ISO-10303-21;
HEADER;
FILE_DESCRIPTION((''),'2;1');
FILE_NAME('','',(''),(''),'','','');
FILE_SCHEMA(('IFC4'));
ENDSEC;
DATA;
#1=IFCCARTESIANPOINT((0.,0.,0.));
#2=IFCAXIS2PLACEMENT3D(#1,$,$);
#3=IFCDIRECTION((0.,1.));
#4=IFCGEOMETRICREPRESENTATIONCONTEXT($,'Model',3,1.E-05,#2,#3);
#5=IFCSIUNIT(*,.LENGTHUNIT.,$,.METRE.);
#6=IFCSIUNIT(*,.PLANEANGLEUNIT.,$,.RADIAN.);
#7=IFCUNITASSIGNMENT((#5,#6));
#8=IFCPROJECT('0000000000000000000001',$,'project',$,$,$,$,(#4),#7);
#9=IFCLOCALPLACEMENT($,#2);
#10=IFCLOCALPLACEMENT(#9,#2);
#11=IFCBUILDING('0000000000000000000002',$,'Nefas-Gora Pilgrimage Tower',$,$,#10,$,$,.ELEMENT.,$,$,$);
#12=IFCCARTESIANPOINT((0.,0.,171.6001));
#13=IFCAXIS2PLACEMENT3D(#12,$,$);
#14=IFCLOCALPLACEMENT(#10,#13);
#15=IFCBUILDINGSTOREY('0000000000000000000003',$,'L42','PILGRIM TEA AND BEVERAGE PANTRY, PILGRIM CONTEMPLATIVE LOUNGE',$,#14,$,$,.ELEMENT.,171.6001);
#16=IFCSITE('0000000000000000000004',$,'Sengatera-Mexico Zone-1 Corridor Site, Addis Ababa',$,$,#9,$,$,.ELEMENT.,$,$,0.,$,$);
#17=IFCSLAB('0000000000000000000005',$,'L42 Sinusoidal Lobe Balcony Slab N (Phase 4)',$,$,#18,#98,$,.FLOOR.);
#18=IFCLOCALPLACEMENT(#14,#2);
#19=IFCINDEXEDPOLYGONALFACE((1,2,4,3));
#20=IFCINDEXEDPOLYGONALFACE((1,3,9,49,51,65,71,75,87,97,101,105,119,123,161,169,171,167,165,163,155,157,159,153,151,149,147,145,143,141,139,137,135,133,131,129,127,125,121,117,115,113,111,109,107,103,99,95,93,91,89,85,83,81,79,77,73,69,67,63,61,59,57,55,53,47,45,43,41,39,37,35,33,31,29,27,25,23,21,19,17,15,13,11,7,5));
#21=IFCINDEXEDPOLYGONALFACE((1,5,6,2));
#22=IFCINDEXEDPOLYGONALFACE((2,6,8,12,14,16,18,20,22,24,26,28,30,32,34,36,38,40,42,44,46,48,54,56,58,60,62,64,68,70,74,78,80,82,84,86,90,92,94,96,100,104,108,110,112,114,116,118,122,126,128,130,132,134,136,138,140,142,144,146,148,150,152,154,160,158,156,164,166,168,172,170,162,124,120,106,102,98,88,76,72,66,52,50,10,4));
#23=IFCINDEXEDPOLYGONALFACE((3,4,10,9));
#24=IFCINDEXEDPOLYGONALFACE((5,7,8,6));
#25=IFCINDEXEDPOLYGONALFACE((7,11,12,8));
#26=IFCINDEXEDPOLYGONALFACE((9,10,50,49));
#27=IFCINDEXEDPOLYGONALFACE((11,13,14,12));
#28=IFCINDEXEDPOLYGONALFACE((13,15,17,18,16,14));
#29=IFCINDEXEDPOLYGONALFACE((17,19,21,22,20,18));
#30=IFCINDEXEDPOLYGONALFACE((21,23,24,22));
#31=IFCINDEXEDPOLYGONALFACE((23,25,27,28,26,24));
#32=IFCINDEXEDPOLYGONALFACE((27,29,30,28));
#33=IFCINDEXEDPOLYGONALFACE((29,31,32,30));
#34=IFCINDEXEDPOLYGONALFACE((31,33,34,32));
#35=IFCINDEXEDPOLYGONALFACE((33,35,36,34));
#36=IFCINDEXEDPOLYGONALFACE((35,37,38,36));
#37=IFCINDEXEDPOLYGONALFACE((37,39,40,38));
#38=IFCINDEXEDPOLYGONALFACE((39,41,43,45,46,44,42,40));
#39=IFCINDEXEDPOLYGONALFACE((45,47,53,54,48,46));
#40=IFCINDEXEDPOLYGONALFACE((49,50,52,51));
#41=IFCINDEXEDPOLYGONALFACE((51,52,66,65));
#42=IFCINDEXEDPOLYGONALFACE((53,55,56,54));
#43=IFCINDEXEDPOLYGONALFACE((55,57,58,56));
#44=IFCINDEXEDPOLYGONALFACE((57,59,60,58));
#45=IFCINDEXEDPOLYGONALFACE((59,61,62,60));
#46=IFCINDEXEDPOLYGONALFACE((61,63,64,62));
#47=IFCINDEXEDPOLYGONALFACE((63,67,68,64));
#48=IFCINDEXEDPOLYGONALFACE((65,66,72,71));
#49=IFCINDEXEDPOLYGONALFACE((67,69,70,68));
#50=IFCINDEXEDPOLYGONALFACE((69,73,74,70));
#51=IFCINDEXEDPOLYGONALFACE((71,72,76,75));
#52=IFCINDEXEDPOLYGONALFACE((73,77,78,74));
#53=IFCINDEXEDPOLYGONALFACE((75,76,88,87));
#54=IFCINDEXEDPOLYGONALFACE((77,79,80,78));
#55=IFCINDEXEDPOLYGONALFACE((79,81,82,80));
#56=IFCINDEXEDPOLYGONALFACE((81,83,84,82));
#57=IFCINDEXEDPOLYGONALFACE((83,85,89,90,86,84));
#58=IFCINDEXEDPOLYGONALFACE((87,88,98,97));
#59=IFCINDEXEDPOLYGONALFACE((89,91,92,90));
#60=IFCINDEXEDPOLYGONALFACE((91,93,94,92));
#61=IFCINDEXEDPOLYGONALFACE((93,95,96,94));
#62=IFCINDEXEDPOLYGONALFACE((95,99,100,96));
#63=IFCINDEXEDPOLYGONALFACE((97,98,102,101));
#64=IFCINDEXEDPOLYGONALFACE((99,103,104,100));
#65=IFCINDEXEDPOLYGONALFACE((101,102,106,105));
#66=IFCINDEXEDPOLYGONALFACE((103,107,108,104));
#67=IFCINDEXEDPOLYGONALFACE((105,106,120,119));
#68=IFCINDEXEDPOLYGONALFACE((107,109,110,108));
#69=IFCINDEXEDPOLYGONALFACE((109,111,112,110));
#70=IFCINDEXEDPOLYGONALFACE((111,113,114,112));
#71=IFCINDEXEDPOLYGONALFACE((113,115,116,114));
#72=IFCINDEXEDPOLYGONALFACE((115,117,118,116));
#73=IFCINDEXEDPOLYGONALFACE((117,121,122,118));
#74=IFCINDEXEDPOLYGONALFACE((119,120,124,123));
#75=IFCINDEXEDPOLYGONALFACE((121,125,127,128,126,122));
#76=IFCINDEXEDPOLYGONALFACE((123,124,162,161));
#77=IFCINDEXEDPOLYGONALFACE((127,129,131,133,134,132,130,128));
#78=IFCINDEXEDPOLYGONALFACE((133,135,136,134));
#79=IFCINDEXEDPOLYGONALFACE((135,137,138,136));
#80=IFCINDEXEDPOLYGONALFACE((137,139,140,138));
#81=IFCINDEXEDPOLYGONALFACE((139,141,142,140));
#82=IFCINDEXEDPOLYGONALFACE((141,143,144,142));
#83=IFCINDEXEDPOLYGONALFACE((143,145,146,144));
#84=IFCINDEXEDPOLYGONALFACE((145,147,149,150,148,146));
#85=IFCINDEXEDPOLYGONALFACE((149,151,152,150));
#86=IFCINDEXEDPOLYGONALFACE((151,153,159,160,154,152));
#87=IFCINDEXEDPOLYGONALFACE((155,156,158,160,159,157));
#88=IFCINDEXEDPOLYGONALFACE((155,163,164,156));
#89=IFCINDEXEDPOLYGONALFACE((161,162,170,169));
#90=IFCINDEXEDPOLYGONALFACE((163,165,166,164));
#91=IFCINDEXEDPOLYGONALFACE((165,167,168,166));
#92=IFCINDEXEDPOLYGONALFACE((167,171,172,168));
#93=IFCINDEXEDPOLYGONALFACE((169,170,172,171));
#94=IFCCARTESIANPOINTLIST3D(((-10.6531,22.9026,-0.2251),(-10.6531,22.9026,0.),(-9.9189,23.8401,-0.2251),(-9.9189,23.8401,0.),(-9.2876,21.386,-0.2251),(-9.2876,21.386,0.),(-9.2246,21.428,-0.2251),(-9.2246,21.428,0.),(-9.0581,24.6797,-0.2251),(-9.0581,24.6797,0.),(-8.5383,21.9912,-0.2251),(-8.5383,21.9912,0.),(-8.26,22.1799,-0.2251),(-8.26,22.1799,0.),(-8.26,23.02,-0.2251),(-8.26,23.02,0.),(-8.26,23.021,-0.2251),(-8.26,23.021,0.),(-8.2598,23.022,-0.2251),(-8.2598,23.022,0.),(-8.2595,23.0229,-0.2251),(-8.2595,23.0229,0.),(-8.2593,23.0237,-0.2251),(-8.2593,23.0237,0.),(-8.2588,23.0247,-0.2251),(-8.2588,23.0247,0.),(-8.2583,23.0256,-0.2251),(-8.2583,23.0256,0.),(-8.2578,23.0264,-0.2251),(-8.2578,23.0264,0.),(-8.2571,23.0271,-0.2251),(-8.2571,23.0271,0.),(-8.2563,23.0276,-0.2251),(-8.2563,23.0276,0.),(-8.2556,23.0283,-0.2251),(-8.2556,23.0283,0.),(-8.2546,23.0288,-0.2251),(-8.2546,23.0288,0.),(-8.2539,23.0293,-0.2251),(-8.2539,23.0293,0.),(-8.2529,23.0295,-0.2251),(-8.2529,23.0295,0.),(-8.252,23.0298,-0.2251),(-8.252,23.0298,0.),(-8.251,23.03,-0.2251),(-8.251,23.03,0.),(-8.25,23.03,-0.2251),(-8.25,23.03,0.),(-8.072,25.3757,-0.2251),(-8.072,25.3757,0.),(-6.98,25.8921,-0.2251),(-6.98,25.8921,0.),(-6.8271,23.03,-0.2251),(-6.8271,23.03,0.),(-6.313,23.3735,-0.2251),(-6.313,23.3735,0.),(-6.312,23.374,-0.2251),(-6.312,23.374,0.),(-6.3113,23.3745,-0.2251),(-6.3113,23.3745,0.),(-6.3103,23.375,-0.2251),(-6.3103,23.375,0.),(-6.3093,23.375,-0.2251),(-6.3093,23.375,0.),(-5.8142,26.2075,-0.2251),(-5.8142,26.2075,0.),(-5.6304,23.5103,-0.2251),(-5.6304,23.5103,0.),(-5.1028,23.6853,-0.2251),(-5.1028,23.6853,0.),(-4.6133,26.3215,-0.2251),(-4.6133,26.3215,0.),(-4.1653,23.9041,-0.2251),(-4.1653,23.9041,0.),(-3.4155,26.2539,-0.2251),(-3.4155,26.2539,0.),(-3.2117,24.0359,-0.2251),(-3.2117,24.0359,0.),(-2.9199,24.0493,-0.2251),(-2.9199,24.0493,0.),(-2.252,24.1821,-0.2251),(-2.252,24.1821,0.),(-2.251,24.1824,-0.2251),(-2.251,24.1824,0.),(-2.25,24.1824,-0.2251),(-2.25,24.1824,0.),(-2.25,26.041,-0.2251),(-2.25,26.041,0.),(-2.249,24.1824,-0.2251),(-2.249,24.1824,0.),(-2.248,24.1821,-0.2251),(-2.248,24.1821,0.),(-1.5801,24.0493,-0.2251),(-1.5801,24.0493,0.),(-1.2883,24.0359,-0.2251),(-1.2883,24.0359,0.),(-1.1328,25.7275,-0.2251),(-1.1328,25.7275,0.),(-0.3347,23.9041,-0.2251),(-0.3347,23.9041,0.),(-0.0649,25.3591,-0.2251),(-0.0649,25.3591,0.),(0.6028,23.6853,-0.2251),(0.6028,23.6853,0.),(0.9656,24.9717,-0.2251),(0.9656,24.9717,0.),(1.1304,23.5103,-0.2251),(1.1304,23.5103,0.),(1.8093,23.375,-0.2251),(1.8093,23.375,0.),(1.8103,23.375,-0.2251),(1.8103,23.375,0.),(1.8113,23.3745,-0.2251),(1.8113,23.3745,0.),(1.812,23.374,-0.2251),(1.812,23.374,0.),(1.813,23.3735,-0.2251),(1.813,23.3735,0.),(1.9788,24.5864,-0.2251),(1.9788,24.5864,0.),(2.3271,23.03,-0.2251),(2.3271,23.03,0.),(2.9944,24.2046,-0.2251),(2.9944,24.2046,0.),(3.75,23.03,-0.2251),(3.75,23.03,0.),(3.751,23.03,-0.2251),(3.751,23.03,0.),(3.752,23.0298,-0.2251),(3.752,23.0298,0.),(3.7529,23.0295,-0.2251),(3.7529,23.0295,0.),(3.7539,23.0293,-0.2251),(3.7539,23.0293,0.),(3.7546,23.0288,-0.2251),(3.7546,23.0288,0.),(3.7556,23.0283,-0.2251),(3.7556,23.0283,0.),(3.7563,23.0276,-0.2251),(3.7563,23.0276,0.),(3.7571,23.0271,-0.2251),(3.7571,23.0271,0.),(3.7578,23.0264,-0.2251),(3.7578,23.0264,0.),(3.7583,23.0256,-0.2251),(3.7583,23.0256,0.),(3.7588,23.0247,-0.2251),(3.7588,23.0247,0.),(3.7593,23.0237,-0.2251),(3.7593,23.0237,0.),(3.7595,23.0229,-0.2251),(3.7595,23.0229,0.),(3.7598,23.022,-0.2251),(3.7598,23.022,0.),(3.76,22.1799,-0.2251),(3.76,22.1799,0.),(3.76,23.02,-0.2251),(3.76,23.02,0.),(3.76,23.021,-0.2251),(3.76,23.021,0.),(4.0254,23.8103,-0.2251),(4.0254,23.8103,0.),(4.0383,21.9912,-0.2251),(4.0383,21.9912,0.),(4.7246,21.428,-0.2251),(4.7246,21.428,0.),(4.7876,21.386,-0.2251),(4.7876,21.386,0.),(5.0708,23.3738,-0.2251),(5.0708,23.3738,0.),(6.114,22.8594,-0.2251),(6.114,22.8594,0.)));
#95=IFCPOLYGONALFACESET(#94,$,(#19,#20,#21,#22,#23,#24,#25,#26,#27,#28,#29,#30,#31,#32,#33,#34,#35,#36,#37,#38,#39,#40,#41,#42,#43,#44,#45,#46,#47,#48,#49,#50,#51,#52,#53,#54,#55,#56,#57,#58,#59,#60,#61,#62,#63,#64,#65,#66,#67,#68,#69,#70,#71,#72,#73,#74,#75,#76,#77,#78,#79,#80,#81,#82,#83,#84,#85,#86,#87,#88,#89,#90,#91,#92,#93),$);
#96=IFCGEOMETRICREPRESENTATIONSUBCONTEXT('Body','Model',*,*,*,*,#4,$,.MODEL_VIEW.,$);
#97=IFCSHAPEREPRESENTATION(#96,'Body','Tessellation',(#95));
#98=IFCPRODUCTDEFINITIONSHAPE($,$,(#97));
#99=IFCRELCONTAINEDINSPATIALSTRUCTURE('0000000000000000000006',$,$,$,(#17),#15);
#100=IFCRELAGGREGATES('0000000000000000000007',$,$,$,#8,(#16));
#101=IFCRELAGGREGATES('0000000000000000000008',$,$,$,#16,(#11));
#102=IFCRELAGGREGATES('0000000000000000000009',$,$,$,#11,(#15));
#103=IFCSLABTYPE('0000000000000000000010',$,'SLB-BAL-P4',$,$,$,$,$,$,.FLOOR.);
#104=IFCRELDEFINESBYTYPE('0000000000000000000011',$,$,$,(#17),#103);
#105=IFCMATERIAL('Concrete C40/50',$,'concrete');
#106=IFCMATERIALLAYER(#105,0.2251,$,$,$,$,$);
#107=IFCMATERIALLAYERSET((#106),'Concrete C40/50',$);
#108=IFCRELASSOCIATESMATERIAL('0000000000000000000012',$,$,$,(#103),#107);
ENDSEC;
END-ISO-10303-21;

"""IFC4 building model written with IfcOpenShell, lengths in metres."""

from ifc_helpers import new_model, si_unit, direction, frame, origin, place, context, subcontext, project, spatial, polyline, outline, extrude, material, layer, layer_set, type_object, element, save


model = new_model("IFC4")

# Units and contexts
model_context = context("Model", 3, precision=1e-05, world=origin(), true_north=direction((0.0, 1.0)))
body_context = subcontext(model_context, "Body", "Model", "MODEL_VIEW")
ifc_project = project(units=[si_unit("LENGTHUNIT", "METRE"), si_unit("PLANEANGLEUNIT", "RADIAN")], contexts=[model_context])

# Site, building, storey
site_placement = place(None, origin())
site = spatial("IfcSite", under=ifc_project, at=site_placement, Name="Sengatera-Mexico Zone-1 Corridor Site, Addis Ababa", CompositionType="ELEMENT", RefElevation=0.0)
building_placement = place(site_placement, origin())
building = spatial("IfcBuilding", under=site, at=building_placement, Name="Nefas-Gora Pilgrimage Tower", CompositionType="ELEMENT")
storey_placement = place(building_placement, frame((0.0, 0.0, 171.6001)))
storey = spatial("IfcBuildingStorey", under=building, at=storey_placement, Name="L42", Description="PILGRIM TEA AND BEVERAGE PANTRY, PILGRIM CONTEMPLATIVE LOUNGE", CompositionType="ELEMENT", Elevation=171.6001)

# Slab
ifc_material_1 = material(Name="Concrete C40/50", Category="concrete")
ifc_layer_1 = layer(ifc_material_1, 0.2251)
ifc_layer_set_1 = layer_set([ifc_layer_1], Name="Concrete C40/50")
slab_type_1 = type_object("IfcSlabType", Name="SLB-BAL-P4", PredefinedType="FLOOR", material=ifc_layer_set_1)
slab_1_placement = place(storey_placement, frame((0.0, 0.0, -0.2251)))
element("IfcSlab", 1, at=slab_1_placement, inside=storey, type_object=slab_type_1, Name="L42 Sinusoidal Lobe Balcony Slab N (Phase 4)", PredefinedType="FLOOR", context=body_context, shape_type="SweptSolid", body=[
    extrude(outline(polyline([(-9.2876, 21.386), (-9.2246, 21.428), (-8.5383, 21.9912), (-8.26, 22.1799), (-8.26, 23.02), (-8.26, 23.021), (-8.2598, 23.022), (-8.2595, 23.0229), (-8.2593, 23.0237), (-8.2588, 23.0247), (-8.2583, 23.0256), (-8.2578, 23.0264), (-8.2571, 23.0271), (-8.2563, 23.0276), (-8.2556, 23.0283), (-8.2546, 23.0288), (-8.2539, 23.0293), (-8.2529, 23.0295), (-8.252, 23.0298), (-8.251, 23.03), (-8.25, 23.03), (-6.8271, 23.03), (-6.313, 23.3735), (-6.312, 23.374), (-6.3113, 23.3745), (-6.3103, 23.375), (-6.3093, 23.375), (-5.6304, 23.5103), (-5.1028, 23.6853), (-4.1653, 23.9041), (-3.2117, 24.0359), (-2.9199, 24.0493), (-2.252, 24.1821), (-2.251, 24.1824), (-2.25, 24.1824), (-2.249, 24.1824), (-2.248, 24.1821), (-1.5801, 24.0493), (-1.2883, 24.0359), (-0.3347, 23.9041), (0.6028, 23.6853), (1.1304, 23.5103), (1.8093, 23.375), (1.8103, 23.375), (1.8113, 23.3745), (1.812, 23.374), (1.813, 23.3735), (2.3271, 23.03), (3.75, 23.03), (3.751, 23.03), (3.752, 23.0298), (3.7529, 23.0295), (3.7539, 23.0293), (3.7546, 23.0288), (3.7556, 23.0283), (3.7563, 23.0276), (3.7571, 23.0271), (3.7578, 23.0264), (3.7583, 23.0256), (3.7588, 23.0247), (3.7593, 23.0237), (3.7595, 23.0229), (3.7598, 23.022), (3.76, 23.021), (3.76, 23.02), (3.76, 22.1799), (4.0383, 21.9912), (4.7246, 21.428), (4.7876, 21.386), (6.114, 22.8594), (5.0708, 23.3738), (4.0254, 23.8103), (2.9944, 24.2046), (1.9788, 24.5864), (0.9656, 24.9717), (-0.0649, 25.3591), (-1.1328, 25.7275), (-2.25, 26.041), (-3.4155, 26.2539), (-4.6133, 26.3215), (-5.8142, 26.2075), (-6.98, 25.8921), (-8.072, 25.3757), (-9.0581, 24.6797), (-9.9189, 23.8401), (-10.6531, 22.9026), (-9.2876, 21.386)])), origin(), (0.0, 0.0, 1.0), 0.2251),
])

save(model, "model.ifc")
